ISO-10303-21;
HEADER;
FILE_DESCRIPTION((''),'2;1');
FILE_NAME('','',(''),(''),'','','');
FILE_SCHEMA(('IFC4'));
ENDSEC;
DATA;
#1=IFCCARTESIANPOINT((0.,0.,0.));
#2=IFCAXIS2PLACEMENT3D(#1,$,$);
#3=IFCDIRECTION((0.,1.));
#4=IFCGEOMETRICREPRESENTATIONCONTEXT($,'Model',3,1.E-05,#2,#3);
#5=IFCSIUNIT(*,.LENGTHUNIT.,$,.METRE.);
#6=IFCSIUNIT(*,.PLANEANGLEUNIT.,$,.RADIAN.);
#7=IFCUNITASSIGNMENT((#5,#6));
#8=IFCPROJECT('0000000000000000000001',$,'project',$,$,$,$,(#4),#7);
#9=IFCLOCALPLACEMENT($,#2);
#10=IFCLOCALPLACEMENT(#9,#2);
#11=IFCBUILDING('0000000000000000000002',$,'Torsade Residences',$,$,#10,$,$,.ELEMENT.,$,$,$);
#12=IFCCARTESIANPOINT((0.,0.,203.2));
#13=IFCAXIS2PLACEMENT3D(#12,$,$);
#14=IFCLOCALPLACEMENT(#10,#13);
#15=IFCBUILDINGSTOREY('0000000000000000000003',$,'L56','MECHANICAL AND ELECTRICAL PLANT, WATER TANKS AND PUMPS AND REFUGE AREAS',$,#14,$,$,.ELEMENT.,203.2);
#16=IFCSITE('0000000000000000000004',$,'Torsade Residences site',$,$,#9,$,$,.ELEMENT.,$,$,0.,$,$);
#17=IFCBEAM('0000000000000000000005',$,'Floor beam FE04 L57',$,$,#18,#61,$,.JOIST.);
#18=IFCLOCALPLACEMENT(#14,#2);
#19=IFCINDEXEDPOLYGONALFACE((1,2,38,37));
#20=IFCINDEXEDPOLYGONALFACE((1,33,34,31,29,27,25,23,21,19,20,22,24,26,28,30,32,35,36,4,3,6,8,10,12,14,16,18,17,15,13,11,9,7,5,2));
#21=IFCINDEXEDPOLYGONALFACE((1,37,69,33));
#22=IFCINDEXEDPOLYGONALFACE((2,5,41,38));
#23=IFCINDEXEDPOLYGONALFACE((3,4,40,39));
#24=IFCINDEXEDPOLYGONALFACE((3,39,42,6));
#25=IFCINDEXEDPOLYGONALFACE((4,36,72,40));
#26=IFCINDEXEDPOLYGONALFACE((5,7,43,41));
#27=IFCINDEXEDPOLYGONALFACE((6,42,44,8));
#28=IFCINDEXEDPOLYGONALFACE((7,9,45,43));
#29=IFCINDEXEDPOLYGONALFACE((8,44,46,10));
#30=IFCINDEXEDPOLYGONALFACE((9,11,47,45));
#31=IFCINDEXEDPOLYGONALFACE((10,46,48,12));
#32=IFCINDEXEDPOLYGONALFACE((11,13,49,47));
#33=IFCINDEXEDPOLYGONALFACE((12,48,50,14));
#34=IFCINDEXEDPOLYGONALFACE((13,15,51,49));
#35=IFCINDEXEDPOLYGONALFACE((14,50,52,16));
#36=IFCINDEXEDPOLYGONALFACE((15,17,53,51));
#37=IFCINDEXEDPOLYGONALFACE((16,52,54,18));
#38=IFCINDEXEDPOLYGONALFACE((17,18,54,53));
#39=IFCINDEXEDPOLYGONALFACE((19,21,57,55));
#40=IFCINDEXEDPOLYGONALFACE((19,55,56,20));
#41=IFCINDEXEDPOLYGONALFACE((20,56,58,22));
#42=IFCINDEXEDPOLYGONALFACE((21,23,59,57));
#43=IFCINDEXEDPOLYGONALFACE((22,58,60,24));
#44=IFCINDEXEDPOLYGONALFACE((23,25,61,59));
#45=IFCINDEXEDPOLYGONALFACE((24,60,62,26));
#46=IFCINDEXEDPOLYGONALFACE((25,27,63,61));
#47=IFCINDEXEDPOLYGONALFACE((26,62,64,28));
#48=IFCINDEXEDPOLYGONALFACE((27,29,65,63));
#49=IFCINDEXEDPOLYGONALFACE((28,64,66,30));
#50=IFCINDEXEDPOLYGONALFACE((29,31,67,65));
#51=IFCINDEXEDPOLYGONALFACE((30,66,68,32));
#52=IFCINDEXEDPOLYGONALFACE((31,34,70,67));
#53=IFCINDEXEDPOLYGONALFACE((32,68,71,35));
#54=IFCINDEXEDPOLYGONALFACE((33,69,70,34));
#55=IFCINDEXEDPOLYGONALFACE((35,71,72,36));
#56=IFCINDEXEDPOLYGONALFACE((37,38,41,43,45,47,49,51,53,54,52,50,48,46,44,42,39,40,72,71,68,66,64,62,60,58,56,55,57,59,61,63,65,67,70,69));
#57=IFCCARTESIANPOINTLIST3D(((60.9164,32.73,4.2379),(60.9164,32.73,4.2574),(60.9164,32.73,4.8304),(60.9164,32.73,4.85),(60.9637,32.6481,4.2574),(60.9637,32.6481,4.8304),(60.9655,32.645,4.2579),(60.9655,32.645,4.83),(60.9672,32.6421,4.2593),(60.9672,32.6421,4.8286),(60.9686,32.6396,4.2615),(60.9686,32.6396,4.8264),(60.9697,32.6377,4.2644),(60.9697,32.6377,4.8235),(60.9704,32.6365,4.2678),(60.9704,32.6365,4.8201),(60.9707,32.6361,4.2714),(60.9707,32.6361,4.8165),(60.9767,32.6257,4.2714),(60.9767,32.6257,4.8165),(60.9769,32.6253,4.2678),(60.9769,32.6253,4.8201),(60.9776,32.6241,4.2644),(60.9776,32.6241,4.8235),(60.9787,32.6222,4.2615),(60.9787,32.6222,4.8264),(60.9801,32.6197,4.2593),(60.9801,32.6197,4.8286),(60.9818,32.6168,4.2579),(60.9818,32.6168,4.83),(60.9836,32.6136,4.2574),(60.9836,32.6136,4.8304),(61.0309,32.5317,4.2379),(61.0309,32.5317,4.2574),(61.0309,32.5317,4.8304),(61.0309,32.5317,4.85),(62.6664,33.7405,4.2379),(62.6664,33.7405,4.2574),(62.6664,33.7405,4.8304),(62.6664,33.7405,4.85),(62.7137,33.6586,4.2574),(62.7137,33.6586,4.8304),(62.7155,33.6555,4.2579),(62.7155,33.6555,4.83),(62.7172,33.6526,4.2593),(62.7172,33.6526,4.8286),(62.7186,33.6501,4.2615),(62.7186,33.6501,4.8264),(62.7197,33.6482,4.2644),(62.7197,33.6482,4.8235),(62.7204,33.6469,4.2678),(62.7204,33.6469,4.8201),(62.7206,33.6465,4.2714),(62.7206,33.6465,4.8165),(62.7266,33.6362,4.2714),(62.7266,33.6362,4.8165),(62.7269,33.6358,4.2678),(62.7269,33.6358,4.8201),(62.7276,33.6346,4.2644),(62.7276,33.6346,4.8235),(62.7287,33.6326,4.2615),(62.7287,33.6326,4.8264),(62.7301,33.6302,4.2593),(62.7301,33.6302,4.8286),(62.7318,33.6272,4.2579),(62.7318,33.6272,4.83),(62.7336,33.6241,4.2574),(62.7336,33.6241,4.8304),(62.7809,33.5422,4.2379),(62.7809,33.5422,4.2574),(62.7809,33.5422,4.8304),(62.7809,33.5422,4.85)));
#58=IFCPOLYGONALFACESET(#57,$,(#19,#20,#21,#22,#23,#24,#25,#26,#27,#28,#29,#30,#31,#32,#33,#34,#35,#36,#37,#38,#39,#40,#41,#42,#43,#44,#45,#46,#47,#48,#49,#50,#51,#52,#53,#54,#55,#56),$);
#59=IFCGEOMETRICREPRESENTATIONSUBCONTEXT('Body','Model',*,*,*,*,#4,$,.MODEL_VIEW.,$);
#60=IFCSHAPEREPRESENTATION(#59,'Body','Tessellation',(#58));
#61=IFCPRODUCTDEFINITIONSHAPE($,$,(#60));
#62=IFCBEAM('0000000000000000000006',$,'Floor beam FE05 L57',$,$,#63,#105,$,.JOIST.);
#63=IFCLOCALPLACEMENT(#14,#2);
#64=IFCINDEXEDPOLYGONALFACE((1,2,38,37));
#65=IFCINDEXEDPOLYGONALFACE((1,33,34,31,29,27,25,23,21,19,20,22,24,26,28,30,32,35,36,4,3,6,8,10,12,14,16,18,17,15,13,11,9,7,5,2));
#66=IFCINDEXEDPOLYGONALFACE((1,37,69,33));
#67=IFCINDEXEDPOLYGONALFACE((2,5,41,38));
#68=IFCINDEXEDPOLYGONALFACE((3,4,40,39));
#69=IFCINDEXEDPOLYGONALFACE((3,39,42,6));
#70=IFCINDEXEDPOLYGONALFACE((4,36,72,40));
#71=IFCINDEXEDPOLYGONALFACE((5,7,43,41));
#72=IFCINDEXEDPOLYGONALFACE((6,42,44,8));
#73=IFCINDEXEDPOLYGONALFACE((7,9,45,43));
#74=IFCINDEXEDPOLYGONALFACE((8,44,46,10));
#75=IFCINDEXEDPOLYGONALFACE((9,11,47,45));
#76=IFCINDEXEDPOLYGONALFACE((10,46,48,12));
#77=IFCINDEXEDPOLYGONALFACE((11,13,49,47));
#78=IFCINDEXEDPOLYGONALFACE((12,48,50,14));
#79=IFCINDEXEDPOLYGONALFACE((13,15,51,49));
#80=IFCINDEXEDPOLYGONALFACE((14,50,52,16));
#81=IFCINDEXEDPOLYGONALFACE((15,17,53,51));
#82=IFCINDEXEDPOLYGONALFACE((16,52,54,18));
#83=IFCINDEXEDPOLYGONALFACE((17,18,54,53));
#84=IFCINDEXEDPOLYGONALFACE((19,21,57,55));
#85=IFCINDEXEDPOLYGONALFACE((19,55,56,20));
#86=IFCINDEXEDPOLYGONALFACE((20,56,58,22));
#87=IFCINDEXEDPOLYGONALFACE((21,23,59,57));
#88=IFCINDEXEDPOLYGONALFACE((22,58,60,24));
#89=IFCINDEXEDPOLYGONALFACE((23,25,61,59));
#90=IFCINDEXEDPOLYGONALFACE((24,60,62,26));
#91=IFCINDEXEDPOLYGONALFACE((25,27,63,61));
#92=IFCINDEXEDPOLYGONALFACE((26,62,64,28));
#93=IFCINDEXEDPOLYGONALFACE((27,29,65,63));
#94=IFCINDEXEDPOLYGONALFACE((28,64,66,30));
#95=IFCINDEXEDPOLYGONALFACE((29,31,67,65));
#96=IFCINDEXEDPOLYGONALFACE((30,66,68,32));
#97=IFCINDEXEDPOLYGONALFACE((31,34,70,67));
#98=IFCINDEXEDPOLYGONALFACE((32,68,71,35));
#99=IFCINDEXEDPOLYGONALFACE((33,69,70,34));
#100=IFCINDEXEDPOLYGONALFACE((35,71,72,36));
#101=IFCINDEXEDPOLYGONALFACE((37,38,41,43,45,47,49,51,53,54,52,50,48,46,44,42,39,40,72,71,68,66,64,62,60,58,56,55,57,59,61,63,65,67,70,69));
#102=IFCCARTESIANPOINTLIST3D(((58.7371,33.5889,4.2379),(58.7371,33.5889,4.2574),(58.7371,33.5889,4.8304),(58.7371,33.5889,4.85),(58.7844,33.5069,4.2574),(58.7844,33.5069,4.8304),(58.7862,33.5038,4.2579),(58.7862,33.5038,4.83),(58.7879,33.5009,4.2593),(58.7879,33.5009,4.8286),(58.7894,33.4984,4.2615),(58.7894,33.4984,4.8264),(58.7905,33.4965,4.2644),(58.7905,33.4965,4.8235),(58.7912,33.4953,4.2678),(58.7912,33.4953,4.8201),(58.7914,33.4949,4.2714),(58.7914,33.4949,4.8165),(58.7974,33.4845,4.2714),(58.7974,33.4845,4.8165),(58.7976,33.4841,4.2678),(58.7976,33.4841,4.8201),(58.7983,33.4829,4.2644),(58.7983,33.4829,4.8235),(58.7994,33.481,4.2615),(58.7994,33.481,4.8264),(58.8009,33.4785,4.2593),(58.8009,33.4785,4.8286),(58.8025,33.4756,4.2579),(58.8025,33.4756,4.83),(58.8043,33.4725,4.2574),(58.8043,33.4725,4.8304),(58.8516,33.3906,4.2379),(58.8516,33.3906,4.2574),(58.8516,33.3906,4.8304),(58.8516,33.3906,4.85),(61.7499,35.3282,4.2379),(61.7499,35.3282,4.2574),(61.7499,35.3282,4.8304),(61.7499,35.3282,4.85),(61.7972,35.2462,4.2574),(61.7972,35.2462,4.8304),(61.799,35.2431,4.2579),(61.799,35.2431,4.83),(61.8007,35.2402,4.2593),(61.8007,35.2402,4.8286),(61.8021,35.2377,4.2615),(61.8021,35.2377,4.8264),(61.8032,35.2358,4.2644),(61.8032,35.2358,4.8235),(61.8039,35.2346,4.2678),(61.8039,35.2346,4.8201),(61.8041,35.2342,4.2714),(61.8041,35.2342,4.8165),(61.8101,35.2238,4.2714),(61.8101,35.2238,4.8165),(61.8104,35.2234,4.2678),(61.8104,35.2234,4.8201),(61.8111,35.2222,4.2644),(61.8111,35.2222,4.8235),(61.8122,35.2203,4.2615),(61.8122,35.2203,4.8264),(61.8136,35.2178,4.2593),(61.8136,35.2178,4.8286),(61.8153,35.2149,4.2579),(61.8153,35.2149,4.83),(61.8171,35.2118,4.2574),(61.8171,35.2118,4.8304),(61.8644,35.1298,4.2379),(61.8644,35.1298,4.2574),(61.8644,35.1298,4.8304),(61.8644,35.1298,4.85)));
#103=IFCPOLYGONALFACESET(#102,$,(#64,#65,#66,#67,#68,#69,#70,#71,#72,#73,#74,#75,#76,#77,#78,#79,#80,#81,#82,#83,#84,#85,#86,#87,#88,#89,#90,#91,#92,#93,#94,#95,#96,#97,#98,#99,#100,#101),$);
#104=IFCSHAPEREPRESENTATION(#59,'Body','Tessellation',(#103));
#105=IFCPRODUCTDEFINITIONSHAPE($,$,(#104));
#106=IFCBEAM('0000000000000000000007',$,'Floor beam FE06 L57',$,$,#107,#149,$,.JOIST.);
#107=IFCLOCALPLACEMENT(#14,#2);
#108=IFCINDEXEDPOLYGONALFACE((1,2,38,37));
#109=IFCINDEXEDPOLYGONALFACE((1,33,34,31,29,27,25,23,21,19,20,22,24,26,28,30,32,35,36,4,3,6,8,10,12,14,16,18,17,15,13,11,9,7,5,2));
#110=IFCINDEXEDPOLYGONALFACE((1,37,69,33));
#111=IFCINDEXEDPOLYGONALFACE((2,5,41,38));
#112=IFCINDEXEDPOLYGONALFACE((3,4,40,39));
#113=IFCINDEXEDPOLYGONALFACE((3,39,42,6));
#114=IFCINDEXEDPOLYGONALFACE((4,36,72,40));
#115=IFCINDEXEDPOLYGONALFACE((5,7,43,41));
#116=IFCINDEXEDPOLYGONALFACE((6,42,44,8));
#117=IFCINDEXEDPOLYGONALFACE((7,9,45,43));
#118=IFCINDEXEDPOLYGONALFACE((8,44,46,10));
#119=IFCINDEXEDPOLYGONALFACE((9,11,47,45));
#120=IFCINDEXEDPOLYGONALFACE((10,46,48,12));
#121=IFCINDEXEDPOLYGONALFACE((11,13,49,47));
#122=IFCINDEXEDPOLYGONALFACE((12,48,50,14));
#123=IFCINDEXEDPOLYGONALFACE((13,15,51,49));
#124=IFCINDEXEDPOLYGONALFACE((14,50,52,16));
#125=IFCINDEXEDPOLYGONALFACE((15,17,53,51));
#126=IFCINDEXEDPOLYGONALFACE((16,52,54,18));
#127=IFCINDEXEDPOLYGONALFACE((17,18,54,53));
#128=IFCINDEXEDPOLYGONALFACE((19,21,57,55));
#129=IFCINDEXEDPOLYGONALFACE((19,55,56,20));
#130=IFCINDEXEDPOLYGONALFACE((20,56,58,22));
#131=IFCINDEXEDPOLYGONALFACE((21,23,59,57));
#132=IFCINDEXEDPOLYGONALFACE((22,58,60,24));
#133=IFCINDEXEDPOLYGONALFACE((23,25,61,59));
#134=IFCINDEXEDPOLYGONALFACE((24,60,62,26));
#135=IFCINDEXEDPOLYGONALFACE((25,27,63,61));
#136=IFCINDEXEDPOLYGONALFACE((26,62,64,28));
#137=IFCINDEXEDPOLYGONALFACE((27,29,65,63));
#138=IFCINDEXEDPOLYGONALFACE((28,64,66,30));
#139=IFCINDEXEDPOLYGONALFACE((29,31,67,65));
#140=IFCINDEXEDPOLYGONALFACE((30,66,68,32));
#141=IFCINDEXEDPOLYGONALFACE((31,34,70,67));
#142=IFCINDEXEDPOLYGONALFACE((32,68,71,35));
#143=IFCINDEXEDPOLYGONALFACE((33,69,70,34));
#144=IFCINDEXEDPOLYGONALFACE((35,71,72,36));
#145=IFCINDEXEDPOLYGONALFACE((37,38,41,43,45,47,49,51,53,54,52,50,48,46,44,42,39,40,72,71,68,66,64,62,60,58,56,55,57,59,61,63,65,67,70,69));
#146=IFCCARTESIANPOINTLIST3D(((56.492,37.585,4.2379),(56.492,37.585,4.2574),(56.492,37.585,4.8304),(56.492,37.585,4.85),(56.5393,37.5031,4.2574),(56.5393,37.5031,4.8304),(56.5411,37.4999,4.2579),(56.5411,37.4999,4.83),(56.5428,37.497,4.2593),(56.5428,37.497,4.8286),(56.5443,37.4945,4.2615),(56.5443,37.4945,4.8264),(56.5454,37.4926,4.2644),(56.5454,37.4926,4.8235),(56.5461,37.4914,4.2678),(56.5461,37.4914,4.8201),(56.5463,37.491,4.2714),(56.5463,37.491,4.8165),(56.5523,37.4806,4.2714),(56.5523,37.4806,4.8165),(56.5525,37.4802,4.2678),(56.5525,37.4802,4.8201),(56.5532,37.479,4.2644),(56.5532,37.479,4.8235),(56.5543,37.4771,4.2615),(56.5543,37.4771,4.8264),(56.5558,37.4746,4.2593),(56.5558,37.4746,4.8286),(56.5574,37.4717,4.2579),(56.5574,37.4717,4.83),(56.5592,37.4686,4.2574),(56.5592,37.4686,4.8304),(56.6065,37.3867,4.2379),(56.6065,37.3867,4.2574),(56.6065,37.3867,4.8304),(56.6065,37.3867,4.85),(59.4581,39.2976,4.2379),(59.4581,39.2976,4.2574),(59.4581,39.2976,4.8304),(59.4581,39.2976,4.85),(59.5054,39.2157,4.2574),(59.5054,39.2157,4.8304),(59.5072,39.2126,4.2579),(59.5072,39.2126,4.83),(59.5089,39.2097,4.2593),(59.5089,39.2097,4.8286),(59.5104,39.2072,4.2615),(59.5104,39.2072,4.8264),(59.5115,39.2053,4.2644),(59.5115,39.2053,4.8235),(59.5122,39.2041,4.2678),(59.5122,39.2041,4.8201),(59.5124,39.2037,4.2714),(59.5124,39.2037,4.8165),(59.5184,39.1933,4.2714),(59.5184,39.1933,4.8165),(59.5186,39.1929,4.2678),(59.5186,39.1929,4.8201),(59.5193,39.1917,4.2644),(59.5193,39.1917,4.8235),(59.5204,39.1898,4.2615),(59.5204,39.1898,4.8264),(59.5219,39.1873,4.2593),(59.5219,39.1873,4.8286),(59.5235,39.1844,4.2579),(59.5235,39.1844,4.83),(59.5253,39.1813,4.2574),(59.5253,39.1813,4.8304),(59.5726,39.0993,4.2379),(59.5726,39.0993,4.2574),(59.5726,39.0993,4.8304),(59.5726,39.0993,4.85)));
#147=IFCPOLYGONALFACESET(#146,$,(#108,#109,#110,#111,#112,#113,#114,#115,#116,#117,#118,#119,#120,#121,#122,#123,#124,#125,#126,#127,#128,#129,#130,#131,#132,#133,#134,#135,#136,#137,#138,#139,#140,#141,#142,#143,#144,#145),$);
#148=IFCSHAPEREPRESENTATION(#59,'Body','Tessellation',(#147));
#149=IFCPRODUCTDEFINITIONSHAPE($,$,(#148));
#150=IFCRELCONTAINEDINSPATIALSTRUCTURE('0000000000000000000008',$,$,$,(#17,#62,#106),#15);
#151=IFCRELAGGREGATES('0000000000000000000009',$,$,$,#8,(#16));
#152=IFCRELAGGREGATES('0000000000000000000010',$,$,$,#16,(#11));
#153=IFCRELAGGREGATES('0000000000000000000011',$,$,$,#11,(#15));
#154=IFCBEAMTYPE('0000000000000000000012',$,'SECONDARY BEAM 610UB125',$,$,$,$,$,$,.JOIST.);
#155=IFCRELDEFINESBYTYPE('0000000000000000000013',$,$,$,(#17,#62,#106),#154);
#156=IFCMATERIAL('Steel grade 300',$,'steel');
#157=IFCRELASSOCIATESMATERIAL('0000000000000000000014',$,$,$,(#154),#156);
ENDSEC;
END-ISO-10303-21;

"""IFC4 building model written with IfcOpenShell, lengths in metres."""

from ifc_helpers import new_model, si_unit, direction, frame, origin, origin_2d, place, context, subcontext, project, spatial, i_section, extrude, material, material_profile, profile_set, type_object, element, save


model = new_model("IFC4")

# Units and contexts
model_context = context("Model", 3, precision=1e-05, world=origin(), true_north=direction((0.0, 1.0)))
body_context = subcontext(model_context, "Body", "Model", "MODEL_VIEW")
ifc_project = project(units=[si_unit("LENGTHUNIT", "METRE"), si_unit("PLANEANGLEUNIT", "RADIAN")], contexts=[model_context])

# Site, building, storey
site_placement = place(None, origin())
site = spatial("IfcSite", under=ifc_project, at=site_placement, Name="Torsade Residences site", CompositionType="ELEMENT", RefElevation=0.0)
building_placement = place(site_placement, origin())
building = spatial("IfcBuilding", under=site, at=building_placement, Name="Torsade Residences", CompositionType="ELEMENT")
storey_placement = place(building_placement, frame((0.0, 0.0, 203.2)))
storey = spatial("IfcBuildingStorey", under=building, at=storey_placement, Name="L56", Description="MECHANICAL AND ELECTRICAL PLANT, WATER TANKS AND PUMPS AND REFUGE AREAS", CompositionType="ELEMENT", Elevation=203.2)

# Beams
ifc_material_1 = material(Name="Steel grade 300", Category="steel")
ifc_material_profile_1 = material_profile(ifc_material_1, i_section(OverallWidth=0.229, OverallDepth=0.6121, WebThickness=0.012, FlangeThickness=0.0195, FilletRadius=0.0139, at=origin_2d()), Name="610UB125")
ifc_profile_set_1 = profile_set([ifc_material_profile_1], Name="Steel grade 300")
beam_type_1 = type_object("IfcBeamType", Name="SECONDARY BEAM 610UB125", PredefinedType="JOIST", material=ifc_profile_set_1)
beam_1_placement = place(storey_placement, frame((62.7236, 33.6414, 4.5439), z_axis=(-0.865996, -0.50005, 0.0), x_axis=(0.50005, -0.865996, 0.0)))
element("IfcBeam", 1, at=beam_1_placement, inside=storey, type_object=beam_type_1, Name="Floor beam FE04 L57", PredefinedType="JOIST", context=body_context, shape_type="SweptSolid", body=[
    extrude(i_section(OverallWidth=0.229, OverallDepth=0.6121, WebThickness=0.012, FlangeThickness=0.0195, FilletRadius=0.0139, at=origin_2d()), origin(), (0.0, 0.0, 1.0), 2.0208),
])
beam_2_placement = place(storey_placement, frame((61.8071, 35.229, 4.5439), z_axis=(-0.866041, -0.499974, 0.0), x_axis=(0.499974, -0.866041, 0.0)))
element("IfcBeam", 2, at=beam_2_placement, inside=storey, type_object=beam_type_1, Name="Floor beam FE05 L57", PredefinedType="JOIST", context=body_context, shape_type="SweptSolid", body=[
    extrude(i_section(OverallWidth=0.229, OverallDepth=0.6121, WebThickness=0.012, FlangeThickness=0.0195, FilletRadius=0.0139, at=origin_2d()), origin(), (0.0, 0.0, 1.0), 3.4788),
])
beam_3_placement = place(storey_placement, frame((59.5154, 39.1985, 4.5439), z_axis=(-0.866002, -0.500041, 0.0), x_axis=(0.500041, -0.866002, 0.0)))
element("IfcBeam", 3, at=beam_3_placement, inside=storey, type_object=beam_type_1, Name="Floor beam FE06 L57", PredefinedType="JOIST", context=body_context, shape_type="SweptSolid", body=[
    extrude(i_section(OverallWidth=0.229, OverallDepth=0.6121, WebThickness=0.012, FlangeThickness=0.0195, FilletRadius=0.0139, at=origin_2d()), origin(), (0.0, 0.0, 1.0), 3.425),
])

save(model, "model.ifc")
